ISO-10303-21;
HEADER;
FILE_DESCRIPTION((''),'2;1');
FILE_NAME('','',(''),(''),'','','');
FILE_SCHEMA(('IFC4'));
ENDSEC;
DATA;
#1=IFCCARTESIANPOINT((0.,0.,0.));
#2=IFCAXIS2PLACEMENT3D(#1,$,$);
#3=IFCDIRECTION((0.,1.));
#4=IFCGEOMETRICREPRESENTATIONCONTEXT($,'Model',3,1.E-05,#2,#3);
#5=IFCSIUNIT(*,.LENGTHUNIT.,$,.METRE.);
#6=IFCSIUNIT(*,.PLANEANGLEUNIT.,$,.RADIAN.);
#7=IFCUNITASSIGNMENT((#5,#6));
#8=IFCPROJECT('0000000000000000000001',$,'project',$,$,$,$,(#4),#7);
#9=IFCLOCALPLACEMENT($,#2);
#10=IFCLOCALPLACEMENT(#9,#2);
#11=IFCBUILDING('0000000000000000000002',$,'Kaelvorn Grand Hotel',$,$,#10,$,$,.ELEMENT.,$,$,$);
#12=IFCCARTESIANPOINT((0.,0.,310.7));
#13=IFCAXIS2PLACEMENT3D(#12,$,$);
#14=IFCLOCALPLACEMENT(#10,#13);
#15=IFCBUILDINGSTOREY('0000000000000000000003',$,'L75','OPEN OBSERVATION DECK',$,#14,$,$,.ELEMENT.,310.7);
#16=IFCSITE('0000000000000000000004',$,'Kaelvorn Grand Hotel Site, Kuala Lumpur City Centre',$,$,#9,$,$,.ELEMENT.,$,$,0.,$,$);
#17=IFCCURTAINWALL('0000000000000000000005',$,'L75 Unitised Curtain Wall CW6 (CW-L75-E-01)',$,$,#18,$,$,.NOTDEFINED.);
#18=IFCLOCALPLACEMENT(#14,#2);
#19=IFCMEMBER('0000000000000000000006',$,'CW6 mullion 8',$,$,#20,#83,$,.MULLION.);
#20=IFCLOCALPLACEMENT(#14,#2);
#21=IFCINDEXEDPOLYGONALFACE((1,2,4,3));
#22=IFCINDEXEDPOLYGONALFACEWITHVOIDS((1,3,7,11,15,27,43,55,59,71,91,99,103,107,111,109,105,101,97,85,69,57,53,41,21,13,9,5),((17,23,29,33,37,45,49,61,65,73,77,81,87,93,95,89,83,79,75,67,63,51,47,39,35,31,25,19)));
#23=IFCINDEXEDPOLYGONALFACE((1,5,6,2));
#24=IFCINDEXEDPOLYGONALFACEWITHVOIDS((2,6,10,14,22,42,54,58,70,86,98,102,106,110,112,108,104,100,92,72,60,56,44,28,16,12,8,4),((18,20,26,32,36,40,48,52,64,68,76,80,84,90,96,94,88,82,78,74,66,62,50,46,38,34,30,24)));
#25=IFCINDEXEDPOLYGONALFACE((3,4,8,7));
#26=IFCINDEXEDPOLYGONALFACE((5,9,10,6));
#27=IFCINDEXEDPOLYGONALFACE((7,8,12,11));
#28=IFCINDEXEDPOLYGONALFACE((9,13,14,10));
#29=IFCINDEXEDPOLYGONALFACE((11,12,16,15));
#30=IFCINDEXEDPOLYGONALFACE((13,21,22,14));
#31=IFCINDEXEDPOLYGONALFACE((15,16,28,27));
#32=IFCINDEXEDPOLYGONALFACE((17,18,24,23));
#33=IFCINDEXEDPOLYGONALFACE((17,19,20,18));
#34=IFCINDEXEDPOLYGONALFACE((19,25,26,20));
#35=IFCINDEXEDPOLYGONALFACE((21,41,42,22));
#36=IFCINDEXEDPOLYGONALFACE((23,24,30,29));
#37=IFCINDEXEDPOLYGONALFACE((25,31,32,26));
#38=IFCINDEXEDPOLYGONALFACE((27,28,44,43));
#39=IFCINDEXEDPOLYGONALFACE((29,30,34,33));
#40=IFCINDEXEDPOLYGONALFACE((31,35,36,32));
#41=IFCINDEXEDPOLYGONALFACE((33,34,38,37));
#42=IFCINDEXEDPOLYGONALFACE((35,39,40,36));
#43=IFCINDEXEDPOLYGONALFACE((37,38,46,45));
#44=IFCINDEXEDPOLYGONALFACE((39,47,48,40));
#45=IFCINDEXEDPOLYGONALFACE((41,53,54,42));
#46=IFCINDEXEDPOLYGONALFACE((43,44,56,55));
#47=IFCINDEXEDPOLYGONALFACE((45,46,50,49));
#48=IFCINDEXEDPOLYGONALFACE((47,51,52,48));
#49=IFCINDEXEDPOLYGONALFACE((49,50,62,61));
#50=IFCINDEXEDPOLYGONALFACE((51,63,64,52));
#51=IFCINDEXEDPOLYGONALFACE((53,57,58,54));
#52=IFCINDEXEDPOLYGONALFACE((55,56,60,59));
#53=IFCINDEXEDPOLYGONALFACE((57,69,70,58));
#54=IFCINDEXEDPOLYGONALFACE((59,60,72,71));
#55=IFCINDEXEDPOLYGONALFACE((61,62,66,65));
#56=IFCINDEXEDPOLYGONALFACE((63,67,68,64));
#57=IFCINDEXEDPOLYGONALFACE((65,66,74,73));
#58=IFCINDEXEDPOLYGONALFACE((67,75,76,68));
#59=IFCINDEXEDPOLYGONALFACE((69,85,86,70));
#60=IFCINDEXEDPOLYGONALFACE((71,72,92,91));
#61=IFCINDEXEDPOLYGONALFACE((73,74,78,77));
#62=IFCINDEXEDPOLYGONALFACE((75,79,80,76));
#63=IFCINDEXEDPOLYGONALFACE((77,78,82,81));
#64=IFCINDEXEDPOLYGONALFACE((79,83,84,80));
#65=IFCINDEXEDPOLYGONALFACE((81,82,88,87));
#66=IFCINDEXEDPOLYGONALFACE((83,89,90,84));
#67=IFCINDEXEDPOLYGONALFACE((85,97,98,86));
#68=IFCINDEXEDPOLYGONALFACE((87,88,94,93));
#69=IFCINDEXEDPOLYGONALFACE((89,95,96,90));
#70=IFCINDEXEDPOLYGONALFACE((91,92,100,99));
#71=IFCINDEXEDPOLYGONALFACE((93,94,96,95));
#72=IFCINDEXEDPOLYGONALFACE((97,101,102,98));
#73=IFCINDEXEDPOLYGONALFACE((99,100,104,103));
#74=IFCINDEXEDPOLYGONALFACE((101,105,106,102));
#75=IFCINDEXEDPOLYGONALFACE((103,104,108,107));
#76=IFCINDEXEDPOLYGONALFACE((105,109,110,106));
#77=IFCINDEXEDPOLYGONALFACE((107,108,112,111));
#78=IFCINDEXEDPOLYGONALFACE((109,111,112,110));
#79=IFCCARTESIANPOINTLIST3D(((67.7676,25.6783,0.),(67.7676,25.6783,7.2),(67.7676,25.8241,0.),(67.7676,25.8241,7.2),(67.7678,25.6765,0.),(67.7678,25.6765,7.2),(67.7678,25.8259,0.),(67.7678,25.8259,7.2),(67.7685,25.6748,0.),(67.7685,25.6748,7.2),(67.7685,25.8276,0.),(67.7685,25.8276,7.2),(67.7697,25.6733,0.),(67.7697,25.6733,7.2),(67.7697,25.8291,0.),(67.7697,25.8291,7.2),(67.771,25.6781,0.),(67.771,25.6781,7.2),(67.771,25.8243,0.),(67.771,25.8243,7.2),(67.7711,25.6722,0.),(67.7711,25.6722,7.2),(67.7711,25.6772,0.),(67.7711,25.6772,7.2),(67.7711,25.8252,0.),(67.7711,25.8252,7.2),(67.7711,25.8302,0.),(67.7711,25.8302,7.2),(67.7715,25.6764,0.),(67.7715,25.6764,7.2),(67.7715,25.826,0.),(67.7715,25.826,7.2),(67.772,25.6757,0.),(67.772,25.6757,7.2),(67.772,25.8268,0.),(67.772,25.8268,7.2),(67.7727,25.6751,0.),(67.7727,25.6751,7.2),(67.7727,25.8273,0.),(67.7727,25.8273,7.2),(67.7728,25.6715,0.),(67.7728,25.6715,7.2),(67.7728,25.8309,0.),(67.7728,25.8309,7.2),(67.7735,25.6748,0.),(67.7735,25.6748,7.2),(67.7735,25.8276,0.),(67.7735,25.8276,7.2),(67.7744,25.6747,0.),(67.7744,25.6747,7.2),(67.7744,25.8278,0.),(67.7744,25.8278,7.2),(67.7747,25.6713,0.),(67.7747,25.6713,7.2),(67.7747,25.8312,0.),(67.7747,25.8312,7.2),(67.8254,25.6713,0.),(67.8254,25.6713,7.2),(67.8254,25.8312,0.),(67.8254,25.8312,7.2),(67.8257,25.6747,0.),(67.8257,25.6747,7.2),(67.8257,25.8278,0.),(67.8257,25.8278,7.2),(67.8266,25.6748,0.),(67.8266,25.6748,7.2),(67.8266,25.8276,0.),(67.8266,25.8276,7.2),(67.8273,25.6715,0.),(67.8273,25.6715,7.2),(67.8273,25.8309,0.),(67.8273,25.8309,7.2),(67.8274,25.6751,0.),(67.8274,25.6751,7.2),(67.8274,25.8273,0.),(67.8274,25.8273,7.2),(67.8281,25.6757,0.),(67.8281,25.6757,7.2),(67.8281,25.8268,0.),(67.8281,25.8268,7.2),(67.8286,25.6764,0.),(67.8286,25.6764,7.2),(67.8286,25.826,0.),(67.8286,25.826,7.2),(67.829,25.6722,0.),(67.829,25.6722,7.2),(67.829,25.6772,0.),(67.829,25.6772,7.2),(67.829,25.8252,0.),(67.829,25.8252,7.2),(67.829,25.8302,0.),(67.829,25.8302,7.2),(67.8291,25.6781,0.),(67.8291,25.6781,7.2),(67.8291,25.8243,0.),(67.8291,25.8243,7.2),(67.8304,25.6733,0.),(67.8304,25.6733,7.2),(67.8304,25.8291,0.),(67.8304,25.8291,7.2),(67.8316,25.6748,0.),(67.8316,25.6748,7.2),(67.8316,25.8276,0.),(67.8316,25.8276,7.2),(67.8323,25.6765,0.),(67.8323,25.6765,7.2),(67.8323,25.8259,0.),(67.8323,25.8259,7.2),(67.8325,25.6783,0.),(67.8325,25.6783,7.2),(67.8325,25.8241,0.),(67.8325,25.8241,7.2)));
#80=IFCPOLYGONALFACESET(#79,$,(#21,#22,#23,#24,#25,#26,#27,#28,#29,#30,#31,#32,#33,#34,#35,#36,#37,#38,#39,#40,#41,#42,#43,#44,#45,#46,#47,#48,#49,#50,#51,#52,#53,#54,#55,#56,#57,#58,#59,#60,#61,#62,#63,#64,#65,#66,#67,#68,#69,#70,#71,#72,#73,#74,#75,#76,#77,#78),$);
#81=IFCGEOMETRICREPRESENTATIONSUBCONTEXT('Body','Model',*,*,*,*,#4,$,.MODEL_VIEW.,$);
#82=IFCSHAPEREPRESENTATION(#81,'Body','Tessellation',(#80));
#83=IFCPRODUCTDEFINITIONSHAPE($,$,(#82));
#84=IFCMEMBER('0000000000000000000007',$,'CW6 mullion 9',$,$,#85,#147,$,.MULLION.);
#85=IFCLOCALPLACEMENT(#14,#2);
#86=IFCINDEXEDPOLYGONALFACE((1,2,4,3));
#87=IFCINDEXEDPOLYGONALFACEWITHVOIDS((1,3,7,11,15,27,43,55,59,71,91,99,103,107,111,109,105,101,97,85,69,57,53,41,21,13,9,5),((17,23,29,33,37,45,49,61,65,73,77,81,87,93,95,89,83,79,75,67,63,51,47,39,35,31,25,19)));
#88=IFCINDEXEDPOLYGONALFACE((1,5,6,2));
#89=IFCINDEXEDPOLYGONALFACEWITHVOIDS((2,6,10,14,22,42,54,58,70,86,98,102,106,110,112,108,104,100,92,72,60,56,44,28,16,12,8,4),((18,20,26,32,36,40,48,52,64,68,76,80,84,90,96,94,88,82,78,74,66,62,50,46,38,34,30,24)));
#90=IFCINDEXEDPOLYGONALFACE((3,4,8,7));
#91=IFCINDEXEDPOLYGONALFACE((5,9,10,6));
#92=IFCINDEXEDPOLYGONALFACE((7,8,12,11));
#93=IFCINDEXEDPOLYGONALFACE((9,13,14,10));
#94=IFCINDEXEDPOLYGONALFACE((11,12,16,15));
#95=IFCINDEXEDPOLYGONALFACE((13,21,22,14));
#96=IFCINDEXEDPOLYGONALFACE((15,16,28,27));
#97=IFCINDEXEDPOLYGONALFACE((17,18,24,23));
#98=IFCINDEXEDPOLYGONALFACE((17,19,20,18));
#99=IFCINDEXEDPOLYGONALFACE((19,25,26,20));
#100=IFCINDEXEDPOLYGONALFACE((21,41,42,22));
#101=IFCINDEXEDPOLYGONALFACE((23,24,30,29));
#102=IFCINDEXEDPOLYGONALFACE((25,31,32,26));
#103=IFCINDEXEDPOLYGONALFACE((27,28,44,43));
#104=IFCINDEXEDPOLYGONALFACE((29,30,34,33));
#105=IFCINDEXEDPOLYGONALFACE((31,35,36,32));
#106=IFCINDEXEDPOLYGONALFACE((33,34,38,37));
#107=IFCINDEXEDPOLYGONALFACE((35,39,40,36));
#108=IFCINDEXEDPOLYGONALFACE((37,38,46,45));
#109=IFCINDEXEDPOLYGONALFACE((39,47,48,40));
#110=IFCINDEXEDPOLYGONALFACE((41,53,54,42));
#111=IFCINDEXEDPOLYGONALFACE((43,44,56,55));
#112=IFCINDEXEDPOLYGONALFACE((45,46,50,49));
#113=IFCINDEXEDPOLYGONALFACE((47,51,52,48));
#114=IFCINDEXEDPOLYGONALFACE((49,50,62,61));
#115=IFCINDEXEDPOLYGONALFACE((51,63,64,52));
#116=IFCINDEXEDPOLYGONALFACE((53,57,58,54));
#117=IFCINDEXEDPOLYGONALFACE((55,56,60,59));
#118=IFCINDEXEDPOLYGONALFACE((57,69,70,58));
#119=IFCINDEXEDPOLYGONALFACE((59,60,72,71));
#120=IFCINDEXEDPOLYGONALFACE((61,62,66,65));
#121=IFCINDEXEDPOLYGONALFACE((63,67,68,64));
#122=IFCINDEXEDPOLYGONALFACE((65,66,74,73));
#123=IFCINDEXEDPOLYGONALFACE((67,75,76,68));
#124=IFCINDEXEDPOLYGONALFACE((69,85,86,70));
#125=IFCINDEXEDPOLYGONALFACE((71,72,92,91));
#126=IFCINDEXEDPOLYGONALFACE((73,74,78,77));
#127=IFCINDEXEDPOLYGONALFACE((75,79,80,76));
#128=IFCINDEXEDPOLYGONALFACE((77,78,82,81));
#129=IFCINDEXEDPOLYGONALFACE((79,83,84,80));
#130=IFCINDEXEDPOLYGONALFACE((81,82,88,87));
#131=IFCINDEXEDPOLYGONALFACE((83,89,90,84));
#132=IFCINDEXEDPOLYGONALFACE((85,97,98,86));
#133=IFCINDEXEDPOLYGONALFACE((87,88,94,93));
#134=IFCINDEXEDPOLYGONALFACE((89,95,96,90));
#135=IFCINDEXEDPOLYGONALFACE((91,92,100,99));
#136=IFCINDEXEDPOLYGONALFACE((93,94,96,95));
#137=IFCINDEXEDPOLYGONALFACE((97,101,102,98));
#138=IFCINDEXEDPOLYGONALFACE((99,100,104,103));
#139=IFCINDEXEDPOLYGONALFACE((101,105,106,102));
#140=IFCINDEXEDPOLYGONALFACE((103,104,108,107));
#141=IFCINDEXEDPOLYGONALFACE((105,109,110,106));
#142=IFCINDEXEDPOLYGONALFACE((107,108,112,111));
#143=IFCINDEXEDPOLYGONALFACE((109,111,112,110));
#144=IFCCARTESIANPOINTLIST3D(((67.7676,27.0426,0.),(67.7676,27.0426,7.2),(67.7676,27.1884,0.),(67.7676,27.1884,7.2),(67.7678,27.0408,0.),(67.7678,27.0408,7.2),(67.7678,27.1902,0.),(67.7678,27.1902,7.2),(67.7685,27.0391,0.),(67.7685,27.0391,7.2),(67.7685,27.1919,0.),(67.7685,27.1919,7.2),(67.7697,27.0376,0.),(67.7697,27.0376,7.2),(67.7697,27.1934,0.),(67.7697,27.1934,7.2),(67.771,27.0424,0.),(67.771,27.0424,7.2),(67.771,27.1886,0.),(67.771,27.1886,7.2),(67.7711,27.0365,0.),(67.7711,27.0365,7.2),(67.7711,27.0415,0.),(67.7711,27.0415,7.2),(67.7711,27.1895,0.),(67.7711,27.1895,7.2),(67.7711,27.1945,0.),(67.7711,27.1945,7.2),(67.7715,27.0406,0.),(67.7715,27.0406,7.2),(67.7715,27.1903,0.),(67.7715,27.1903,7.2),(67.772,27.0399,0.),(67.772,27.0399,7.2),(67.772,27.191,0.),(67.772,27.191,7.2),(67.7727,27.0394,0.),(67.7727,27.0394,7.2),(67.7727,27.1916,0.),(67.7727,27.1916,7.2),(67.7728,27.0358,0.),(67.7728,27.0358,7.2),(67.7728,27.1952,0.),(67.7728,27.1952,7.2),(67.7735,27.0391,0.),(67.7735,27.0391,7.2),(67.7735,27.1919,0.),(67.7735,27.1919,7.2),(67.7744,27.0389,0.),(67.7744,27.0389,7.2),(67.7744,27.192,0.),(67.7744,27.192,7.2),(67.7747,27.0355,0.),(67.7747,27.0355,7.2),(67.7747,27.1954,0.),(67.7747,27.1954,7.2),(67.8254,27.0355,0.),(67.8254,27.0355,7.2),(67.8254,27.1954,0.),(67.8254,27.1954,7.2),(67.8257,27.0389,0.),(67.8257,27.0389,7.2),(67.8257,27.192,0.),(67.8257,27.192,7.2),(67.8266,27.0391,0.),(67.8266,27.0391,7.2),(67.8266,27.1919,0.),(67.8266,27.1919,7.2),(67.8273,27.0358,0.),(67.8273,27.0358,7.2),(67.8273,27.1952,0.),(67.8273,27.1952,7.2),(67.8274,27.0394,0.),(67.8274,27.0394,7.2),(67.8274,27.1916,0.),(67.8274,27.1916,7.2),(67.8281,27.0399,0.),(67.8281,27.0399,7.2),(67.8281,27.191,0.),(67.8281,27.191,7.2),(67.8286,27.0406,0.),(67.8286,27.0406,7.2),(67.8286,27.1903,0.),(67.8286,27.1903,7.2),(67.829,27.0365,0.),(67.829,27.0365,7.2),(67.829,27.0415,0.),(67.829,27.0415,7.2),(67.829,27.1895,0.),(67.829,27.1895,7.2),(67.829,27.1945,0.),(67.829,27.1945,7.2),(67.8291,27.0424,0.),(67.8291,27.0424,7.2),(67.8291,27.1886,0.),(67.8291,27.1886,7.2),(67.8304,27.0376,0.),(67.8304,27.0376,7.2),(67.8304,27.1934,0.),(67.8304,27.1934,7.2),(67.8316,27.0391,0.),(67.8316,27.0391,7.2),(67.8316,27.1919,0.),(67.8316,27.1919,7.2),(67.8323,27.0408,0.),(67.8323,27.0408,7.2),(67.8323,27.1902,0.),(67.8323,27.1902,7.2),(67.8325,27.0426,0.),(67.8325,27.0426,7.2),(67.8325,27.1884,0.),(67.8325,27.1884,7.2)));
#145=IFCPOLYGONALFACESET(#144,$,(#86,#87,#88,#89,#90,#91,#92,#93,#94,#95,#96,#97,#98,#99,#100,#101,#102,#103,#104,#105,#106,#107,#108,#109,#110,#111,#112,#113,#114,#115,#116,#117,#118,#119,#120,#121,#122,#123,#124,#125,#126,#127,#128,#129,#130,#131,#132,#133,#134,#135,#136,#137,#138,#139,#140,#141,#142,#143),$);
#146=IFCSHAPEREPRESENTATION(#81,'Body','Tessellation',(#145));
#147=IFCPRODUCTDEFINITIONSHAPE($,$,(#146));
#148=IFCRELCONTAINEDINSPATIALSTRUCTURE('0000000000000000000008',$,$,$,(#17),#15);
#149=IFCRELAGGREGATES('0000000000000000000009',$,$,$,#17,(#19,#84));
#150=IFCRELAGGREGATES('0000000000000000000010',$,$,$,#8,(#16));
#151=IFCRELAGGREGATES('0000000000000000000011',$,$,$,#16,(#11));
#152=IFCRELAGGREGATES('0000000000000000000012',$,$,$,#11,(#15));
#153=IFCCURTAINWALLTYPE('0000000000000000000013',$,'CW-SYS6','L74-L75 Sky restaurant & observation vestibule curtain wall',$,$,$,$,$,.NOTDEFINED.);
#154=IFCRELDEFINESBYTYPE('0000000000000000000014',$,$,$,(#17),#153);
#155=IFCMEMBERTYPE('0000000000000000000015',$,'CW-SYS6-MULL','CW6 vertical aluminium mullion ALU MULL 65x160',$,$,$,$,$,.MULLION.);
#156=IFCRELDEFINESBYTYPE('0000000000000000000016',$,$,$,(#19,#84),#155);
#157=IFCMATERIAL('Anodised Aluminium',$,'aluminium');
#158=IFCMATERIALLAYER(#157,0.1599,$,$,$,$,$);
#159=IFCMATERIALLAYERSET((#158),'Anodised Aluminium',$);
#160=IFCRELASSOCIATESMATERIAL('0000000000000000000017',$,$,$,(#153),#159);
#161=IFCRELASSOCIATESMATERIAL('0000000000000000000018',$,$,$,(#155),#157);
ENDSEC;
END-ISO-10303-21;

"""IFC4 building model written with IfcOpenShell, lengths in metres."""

from ifc_helpers import new_model, si_unit, direction, frame, origin, origin_2d, place, context, subcontext, project, spatial, hollow_rectangle, extrude, material, layer, layer_set, material_profile, profile_set, type_object, element, aggregate, save


model = new_model("IFC4")

# Units and contexts
model_context = context("Model", 3, precision=1e-05, world=origin(), true_north=direction((0.0, 1.0)))
body_context = subcontext(model_context, "Body", "Model", "MODEL_VIEW")
ifc_project = project(units=[si_unit("LENGTHUNIT", "METRE"), si_unit("PLANEANGLEUNIT", "RADIAN")], contexts=[model_context])

# Site, building, storey
site_placement = place(None, origin())
site = spatial("IfcSite", under=ifc_project, at=site_placement, Name="Kaelvorn Grand Hotel Site, Kuala Lumpur City Centre", CompositionType="ELEMENT", RefElevation=0.0)
building_placement = place(site_placement, origin())
building = spatial("IfcBuilding", under=site, at=building_placement, Name="Kaelvorn Grand Hotel", CompositionType="ELEMENT")
storey_placement = place(building_placement, frame((0.0, 0.0, 310.7)))
storey = spatial("IfcBuildingStorey", under=building, at=storey_placement, Name="L75", Description="OPEN OBSERVATION DECK", CompositionType="ELEMENT", Elevation=310.7)

# Curtain wall, members
ifc_material_1 = material(Name="Anodised Aluminium", Category="aluminium")
ifc_layer_1 = layer(ifc_material_1, 0.1599)
ifc_layer_set_1 = layer_set([ifc_layer_1], Name="Anodised Aluminium")
curtain_wall_type = type_object("IfcCurtainWallType", Name="CW-SYS6", Description="L74-L75 Sky restaurant & observation vestibule curtain wall", PredefinedType="NOTDEFINED", material=ifc_layer_set_1)
curtain_wall_placement = place(storey_placement, origin())
curtain_wall = element("IfcCurtainWall", 1, at=curtain_wall_placement, inside=storey, type_object=curtain_wall_type, Name="L75 Unitised Curtain Wall CW6 (CW-L75-E-01)", PredefinedType="NOTDEFINED")
ifc_material_profile_1 = material_profile(ifc_material_1, hollow_rectangle(XDim=0.0649, YDim=0.1599, WallThickness=0.0034, InnerFilletRadius=0.0034, OuterFilletRadius=0.0071, at=origin_2d()), Name="ALU MULL 65x160")
ifc_profile_set_1 = profile_set([ifc_material_profile_1], Name="Anodised Aluminium")
member_type_1 = type_object("IfcMemberType", Name="CW-SYS6-MULL", Description="CW6 vertical aluminium mullion ALU MULL 65x160", PredefinedType="MULLION", material=ifc_profile_set_1)
member_1_placement = place(storey_placement, frame((67.8, 25.7512, 0.0), z_axis=(0.0, 0.0, 1.0), x_axis=(-1.0, 0.0, 0.0)))
member_1 = element("IfcMember", 2, at=member_1_placement, type_object=member_type_1, Name="CW6 mullion 8", PredefinedType="MULLION", context=body_context, shape_type="SweptSolid", body=[
    extrude(hollow_rectangle(XDim=0.0649, YDim=0.1599, WallThickness=0.0034, InnerFilletRadius=0.0034, OuterFilletRadius=0.0071, at=origin_2d()), origin(), (0.0, 0.0, 1.0), 7.2),
])
member_2_placement = place(storey_placement, frame((67.8, 27.1155, 0.0), z_axis=(0.0, 0.0, 1.0), x_axis=(-1.0, 0.0, 0.0)))
member_2 = element("IfcMember", 3, at=member_2_placement, type_object=member_type_1, Name="CW6 mullion 9", PredefinedType="MULLION", context=body_context, shape_type="SweptSolid", body=[
    extrude(hollow_rectangle(XDim=0.0649, YDim=0.1599, WallThickness=0.0034, InnerFilletRadius=0.0034, OuterFilletRadius=0.0071, at=origin_2d()), origin(), (0.0, 0.0, 1.0), 7.2),
])
aggregate(curtain_wall, [member_1, member_2])

save(model, "model.ifc")
